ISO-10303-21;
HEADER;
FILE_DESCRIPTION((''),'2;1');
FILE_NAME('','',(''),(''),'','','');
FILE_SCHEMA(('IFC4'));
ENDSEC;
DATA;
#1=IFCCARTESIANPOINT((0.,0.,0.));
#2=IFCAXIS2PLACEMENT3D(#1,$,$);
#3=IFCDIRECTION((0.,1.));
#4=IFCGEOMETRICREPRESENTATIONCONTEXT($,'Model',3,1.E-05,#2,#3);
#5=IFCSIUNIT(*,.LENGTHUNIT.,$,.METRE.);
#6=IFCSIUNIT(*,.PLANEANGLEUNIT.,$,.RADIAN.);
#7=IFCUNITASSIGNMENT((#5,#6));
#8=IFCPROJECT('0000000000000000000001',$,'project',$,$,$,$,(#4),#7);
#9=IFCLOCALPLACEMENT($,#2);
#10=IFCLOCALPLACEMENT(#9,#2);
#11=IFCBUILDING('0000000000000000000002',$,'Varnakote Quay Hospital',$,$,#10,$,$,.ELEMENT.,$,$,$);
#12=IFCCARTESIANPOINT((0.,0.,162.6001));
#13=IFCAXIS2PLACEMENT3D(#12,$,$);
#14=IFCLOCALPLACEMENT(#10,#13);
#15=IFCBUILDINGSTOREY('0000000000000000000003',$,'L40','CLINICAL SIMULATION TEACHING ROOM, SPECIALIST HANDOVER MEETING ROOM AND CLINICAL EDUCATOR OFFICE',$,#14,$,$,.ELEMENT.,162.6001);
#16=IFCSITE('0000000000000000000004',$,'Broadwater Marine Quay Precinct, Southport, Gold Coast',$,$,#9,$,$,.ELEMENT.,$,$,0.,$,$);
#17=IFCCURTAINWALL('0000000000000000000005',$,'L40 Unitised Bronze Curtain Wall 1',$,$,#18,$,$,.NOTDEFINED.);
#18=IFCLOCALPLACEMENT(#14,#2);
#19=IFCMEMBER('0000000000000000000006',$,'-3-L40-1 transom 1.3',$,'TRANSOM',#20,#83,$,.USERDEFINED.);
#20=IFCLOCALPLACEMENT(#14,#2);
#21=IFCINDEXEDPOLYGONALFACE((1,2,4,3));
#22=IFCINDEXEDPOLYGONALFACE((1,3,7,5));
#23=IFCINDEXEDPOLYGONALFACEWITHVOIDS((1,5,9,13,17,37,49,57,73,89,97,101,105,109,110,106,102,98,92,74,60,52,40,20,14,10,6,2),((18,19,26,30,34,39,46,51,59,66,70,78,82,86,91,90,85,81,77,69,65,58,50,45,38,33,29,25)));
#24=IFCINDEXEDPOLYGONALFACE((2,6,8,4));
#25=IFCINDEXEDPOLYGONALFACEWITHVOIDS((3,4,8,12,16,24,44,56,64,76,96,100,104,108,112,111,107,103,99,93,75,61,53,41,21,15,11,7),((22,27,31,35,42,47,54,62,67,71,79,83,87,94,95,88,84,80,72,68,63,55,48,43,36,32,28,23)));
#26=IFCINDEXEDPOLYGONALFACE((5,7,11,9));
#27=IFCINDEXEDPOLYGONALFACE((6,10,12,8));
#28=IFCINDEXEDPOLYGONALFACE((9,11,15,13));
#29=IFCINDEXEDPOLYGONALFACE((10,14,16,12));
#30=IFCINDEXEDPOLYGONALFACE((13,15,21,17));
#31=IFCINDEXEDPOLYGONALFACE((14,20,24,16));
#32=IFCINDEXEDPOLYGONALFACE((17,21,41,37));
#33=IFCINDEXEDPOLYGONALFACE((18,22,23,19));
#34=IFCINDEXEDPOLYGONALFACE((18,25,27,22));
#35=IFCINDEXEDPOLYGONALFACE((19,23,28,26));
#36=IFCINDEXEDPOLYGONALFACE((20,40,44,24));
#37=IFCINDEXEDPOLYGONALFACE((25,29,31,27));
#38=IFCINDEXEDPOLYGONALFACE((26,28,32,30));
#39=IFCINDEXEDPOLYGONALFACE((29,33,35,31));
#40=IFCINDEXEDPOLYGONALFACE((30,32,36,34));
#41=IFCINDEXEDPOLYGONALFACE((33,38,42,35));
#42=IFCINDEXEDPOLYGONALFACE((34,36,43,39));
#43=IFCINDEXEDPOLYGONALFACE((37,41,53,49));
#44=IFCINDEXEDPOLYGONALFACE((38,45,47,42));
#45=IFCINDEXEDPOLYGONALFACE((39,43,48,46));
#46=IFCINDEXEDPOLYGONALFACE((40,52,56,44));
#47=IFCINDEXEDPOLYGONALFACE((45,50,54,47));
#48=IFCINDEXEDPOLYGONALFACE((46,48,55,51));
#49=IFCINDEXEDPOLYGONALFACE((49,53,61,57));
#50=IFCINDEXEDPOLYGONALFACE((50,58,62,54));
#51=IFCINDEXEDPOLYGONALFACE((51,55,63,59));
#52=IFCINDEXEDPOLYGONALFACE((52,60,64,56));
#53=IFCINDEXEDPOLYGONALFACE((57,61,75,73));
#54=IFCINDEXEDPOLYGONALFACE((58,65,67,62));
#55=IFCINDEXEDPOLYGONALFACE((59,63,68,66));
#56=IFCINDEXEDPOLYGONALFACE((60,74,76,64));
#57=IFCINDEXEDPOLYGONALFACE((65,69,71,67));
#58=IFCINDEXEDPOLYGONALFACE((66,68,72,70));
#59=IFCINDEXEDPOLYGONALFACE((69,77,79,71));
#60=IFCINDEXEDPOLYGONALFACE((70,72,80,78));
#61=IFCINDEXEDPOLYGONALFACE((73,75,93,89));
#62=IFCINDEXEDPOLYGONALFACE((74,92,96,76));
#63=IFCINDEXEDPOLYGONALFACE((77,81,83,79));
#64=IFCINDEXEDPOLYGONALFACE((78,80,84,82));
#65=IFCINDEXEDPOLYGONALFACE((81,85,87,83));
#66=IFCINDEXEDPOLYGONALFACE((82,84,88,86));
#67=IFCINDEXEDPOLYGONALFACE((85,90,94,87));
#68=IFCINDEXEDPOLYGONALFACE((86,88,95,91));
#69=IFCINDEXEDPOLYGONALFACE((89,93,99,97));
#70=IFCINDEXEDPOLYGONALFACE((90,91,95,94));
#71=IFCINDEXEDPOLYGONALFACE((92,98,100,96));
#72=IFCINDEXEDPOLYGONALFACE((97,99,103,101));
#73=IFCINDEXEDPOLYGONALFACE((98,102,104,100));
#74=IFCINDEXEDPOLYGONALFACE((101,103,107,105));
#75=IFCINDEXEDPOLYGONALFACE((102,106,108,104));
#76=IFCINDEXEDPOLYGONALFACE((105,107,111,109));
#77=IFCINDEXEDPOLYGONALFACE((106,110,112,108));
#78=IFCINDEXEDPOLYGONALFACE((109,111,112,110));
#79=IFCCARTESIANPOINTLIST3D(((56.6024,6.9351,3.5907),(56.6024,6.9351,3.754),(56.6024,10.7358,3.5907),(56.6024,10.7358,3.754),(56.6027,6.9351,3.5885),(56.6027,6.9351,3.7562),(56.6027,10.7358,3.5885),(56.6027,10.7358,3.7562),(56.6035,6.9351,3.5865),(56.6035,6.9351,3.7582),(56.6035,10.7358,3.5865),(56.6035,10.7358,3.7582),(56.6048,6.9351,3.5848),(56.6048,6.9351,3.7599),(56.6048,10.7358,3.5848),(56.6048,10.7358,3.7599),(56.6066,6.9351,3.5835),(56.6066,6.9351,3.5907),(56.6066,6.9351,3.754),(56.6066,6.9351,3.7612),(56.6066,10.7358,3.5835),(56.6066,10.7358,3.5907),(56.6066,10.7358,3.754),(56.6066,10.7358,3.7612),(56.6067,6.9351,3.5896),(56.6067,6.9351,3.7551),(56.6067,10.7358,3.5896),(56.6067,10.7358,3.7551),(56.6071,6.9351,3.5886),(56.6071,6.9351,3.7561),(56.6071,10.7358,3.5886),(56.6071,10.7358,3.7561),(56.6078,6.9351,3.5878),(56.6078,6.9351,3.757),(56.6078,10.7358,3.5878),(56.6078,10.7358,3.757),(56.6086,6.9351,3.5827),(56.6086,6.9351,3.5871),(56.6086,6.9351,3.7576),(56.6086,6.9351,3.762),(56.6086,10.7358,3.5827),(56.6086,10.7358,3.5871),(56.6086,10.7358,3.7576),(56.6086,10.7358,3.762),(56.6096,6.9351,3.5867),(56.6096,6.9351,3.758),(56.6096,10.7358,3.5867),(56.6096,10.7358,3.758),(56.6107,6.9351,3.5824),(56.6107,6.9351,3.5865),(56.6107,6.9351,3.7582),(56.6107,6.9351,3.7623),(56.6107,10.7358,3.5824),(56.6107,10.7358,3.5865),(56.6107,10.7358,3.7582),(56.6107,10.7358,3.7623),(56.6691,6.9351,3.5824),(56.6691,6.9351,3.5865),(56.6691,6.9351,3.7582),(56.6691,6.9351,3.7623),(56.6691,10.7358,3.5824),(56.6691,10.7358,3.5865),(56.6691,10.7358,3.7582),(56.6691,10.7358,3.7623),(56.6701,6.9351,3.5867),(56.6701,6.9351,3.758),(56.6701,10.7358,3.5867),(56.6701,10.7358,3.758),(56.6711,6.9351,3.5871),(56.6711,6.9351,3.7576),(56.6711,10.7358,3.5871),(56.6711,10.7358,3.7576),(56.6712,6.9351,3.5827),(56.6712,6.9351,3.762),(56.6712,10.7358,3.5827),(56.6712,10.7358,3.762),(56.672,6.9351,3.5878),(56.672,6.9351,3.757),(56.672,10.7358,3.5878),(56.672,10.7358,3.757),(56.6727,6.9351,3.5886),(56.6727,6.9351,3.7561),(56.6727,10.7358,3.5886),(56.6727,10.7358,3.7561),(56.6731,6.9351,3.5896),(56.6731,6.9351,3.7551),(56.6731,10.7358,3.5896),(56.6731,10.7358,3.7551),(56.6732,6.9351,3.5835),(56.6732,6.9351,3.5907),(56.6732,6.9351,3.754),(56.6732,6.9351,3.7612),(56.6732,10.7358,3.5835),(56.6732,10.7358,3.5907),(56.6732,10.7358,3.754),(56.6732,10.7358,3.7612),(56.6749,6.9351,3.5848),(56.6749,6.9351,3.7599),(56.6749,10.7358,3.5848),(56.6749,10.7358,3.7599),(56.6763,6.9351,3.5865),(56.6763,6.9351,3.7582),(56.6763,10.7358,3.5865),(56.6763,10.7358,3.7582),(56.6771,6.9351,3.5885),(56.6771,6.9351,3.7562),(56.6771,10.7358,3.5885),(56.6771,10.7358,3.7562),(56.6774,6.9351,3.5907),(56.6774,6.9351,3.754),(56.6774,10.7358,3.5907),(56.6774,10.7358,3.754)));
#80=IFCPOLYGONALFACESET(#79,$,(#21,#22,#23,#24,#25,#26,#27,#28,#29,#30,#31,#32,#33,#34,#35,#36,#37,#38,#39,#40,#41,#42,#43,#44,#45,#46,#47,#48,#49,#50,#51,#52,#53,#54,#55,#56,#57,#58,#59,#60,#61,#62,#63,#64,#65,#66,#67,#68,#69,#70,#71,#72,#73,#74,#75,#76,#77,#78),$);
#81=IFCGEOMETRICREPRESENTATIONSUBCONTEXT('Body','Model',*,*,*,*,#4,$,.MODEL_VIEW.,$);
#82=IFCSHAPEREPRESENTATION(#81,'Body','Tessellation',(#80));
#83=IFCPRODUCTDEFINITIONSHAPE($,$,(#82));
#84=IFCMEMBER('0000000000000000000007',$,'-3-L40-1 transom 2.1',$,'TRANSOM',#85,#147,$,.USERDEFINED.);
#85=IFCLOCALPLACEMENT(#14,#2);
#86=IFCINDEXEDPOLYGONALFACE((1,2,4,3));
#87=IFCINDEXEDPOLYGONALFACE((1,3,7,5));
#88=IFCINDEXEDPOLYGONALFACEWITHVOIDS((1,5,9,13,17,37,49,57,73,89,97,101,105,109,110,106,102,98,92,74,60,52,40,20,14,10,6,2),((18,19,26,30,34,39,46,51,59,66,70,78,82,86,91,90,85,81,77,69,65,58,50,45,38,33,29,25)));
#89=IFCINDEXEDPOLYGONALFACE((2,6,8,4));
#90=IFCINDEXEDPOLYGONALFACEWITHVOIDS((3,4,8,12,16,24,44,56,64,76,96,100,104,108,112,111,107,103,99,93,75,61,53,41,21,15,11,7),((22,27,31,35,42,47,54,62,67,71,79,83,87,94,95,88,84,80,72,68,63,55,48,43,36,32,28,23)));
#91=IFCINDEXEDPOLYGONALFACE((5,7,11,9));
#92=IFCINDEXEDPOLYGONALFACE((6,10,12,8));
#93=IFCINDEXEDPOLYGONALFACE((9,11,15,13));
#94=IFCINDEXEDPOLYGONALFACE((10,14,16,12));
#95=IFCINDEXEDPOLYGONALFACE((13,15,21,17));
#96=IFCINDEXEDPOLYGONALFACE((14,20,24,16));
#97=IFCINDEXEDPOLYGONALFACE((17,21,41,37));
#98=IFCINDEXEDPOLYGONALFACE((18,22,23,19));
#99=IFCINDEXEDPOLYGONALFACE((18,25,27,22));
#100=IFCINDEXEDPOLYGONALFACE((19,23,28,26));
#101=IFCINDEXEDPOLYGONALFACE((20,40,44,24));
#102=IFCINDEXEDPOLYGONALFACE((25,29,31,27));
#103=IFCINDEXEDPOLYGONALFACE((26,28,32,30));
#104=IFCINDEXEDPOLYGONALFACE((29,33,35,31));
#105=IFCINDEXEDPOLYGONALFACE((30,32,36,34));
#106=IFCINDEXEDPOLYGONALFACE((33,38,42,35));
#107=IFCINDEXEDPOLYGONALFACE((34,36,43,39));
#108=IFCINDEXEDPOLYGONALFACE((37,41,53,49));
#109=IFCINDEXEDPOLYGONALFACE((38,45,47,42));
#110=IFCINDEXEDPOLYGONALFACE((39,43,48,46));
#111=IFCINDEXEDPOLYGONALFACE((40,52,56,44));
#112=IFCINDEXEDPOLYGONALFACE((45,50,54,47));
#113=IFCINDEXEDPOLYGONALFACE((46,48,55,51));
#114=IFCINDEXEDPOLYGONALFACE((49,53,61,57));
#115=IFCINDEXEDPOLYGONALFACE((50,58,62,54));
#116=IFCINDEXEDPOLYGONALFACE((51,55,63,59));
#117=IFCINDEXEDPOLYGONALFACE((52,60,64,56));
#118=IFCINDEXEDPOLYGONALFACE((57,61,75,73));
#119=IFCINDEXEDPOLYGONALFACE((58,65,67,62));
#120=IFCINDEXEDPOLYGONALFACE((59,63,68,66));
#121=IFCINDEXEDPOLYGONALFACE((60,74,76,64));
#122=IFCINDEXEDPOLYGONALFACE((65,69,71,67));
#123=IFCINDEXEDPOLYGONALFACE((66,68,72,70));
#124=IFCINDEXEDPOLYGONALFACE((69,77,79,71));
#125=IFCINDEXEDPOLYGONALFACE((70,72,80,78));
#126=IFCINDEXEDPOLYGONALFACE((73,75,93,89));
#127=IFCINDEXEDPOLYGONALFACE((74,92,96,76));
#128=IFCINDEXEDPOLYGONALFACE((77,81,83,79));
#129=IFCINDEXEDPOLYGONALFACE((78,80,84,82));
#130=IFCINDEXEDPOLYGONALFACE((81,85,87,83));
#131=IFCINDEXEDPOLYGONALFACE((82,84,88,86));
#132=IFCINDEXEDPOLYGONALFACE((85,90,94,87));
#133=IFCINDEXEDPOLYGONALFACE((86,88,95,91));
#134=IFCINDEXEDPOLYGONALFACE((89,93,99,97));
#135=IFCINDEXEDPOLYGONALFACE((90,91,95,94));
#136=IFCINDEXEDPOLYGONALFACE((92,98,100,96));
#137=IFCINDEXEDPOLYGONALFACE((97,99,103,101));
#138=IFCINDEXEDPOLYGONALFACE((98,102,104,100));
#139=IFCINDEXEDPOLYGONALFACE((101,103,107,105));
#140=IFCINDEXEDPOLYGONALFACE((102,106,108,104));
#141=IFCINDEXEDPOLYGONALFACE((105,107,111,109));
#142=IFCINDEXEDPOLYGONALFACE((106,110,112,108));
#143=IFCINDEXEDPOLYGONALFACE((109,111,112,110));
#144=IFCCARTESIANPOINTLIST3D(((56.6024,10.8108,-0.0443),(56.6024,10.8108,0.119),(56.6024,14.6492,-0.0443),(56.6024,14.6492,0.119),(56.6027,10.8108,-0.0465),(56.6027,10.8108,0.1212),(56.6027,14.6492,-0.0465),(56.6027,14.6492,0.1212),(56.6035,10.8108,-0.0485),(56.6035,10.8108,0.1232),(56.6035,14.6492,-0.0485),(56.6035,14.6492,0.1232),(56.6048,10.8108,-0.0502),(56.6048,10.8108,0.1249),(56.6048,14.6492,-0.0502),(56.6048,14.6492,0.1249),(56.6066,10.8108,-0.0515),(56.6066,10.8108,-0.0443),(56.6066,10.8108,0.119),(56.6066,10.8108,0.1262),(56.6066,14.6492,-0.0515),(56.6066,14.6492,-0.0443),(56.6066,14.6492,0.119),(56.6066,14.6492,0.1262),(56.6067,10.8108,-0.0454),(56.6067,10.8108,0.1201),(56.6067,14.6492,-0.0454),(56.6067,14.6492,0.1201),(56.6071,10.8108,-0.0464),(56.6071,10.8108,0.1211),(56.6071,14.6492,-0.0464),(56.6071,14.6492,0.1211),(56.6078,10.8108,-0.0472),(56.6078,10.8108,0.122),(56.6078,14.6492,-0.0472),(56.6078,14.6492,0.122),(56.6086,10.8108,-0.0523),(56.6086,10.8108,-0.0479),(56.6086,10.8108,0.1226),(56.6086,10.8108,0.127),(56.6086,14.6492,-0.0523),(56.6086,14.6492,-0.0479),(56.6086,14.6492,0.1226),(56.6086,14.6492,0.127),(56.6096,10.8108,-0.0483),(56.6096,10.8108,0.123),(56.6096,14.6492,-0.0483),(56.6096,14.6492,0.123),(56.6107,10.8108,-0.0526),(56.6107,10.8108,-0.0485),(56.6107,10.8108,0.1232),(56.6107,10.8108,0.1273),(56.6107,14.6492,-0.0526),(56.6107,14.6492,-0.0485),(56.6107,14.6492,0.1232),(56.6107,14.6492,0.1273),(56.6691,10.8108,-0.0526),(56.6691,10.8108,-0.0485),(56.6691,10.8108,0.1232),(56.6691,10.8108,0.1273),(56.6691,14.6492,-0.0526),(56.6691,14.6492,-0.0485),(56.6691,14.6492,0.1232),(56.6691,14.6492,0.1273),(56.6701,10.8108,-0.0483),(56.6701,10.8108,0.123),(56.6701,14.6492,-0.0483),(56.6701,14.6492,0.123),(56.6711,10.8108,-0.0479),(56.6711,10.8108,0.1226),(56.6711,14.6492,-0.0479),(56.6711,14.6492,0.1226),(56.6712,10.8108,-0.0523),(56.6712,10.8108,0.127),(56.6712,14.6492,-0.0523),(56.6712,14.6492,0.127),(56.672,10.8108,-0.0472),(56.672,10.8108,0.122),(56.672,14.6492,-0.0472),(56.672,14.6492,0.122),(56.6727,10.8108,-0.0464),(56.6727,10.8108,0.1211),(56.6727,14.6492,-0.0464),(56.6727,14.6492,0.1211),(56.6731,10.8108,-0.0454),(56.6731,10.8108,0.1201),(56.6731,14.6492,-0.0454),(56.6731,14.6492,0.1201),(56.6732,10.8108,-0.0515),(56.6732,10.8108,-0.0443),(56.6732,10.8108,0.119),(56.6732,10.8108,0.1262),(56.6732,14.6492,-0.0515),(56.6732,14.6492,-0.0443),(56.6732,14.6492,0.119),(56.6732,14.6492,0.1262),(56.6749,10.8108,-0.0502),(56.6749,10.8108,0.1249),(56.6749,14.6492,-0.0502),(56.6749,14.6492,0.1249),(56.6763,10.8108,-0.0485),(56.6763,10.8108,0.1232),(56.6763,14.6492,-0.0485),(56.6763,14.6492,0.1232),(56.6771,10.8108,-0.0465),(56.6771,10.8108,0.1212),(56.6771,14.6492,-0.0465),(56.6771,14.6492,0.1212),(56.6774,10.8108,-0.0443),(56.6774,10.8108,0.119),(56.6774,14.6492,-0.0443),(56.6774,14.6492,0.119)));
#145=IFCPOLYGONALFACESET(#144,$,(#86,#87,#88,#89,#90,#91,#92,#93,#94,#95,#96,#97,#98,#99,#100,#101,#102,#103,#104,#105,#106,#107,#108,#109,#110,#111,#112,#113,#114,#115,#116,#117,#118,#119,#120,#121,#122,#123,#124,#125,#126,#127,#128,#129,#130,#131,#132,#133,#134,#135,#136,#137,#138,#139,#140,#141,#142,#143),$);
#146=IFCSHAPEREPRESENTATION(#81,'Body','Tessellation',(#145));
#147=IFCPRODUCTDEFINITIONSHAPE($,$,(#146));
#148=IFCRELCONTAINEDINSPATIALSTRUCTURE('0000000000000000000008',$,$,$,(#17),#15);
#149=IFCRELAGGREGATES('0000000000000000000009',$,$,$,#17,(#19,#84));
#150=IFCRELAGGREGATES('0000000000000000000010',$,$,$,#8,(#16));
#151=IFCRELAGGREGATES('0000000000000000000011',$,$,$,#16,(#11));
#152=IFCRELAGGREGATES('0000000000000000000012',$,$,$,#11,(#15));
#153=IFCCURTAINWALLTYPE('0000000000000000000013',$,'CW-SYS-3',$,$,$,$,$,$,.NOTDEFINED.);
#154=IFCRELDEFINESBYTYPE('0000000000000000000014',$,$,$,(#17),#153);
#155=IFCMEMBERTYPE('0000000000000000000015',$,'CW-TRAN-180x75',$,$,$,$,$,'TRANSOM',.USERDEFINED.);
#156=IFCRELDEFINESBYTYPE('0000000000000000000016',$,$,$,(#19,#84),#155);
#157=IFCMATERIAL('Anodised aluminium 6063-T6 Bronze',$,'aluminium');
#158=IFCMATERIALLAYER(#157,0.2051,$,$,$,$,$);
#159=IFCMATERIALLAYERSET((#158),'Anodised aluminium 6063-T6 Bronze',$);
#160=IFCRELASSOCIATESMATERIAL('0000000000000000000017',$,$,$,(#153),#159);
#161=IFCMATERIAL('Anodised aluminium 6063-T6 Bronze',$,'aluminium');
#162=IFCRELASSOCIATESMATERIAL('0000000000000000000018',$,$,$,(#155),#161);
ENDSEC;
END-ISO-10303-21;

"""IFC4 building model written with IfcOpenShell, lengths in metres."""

from ifc_helpers import new_model, si_unit, direction, frame, origin, origin_2d, place, context, subcontext, project, spatial, hollow_rectangle, extrude, material, layer, layer_set, material_profile, profile_set, type_object, element, aggregate, save


model = new_model("IFC4")

# Units and contexts
model_context = context("Model", 3, precision=1e-05, world=origin(), true_north=direction((0.0, 1.0)))
body_context = subcontext(model_context, "Body", "Model", "MODEL_VIEW")
ifc_project = project(units=[si_unit("LENGTHUNIT", "METRE"), si_unit("PLANEANGLEUNIT", "RADIAN")], contexts=[model_context])

# Site, building, storey
site_placement = place(None, origin())
site = spatial("IfcSite", under=ifc_project, at=site_placement, Name="Broadwater Marine Quay Precinct, Southport, Gold Coast", CompositionType="ELEMENT", RefElevation=0.0)
building_placement = place(site_placement, origin())
building = spatial("IfcBuilding", under=site, at=building_placement, Name="Varnakote Quay Hospital", CompositionType="ELEMENT")
storey_placement = place(building_placement, frame((0.0, 0.0, 162.6001)))
storey = spatial("IfcBuildingStorey", under=building, at=storey_placement, Name="L40", Description="CLINICAL SIMULATION TEACHING ROOM, SPECIALIST HANDOVER MEETING ROOM AND CLINICAL EDUCATOR OFFICE", CompositionType="ELEMENT", Elevation=162.6001)

# Curtain wall, members
ifc_material_1 = material(Name="Anodised aluminium 6063-T6 Bronze", Category="aluminium")
ifc_layer_1 = layer(ifc_material_1, 0.2051)
ifc_layer_set_1 = layer_set([ifc_layer_1], Name="Anodised aluminium 6063-T6 Bronze")
curtain_wall_type = type_object("IfcCurtainWallType", Name="CW-SYS-3", PredefinedType="NOTDEFINED", material=ifc_layer_set_1)
curtain_wall_placement = place(storey_placement, origin())
curtain_wall = element("IfcCurtainWall", 1, at=curtain_wall_placement, inside=storey, type_object=curtain_wall_type, Name="L40 Unitised Bronze Curtain Wall 1", PredefinedType="NOTDEFINED")
ifc_material_2 = material(Name="Anodised aluminium 6063-T6 Bronze", Category="aluminium")
ifc_material_profile_1 = material_profile(ifc_material_2, hollow_rectangle(XDim=0.075, YDim=0.1799, WallThickness=0.0042, InnerFilletRadius=0.0042, OuterFilletRadius=0.0083, at=origin_2d()), Name="CW-TRAN-180x75")
ifc_profile_set_1 = profile_set([ifc_material_profile_1], Name="Anodised aluminium 6063-T6 Bronze")
member_type_1 = type_object("IfcMemberType", Name="CW-TRAN-180x75", ElementType="TRANSOM", PredefinedType="USERDEFINED", material=ifc_profile_set_1)
member_1_placement = place(storey_placement, frame((56.6399, 6.9351, 3.6724), z_axis=(0.0, 1.0, 0.0), x_axis=(-1.0, 0.0, 0.0)))
member_1 = element("IfcMember", 2, at=member_1_placement, type_object=member_type_1, Name="-3-L40-1 transom 1.3", ObjectType="TRANSOM", PredefinedType="USERDEFINED", context=body_context, shape_type="SweptSolid", body=[
    extrude(hollow_rectangle(XDim=0.075, YDim=0.1799, WallThickness=0.0042, InnerFilletRadius=0.0042, OuterFilletRadius=0.0083, at=origin_2d()), origin(), (0.0, 0.0, 1.0), 3.8008),
])
member_2_placement = place(storey_placement, frame((56.6399, 10.8108, 0.0374), z_axis=(0.0, 1.0, 0.0), x_axis=(-1.0, 0.0, 0.0)))
member_2 = element("IfcMember", 3, at=member_2_placement, type_object=member_type_1, Name="-3-L40-1 transom 2.1", ObjectType="TRANSOM", PredefinedType="USERDEFINED", context=body_context, shape_type="SweptSolid", body=[
    extrude(hollow_rectangle(XDim=0.075, YDim=0.1799, WallThickness=0.0042, InnerFilletRadius=0.0042, OuterFilletRadius=0.0083, at=origin_2d()), origin(), (0.0, 0.0, 1.0), 3.8384),
])
aggregate(curtain_wall, [member_1, member_2])

save(model, "model.ifc")
